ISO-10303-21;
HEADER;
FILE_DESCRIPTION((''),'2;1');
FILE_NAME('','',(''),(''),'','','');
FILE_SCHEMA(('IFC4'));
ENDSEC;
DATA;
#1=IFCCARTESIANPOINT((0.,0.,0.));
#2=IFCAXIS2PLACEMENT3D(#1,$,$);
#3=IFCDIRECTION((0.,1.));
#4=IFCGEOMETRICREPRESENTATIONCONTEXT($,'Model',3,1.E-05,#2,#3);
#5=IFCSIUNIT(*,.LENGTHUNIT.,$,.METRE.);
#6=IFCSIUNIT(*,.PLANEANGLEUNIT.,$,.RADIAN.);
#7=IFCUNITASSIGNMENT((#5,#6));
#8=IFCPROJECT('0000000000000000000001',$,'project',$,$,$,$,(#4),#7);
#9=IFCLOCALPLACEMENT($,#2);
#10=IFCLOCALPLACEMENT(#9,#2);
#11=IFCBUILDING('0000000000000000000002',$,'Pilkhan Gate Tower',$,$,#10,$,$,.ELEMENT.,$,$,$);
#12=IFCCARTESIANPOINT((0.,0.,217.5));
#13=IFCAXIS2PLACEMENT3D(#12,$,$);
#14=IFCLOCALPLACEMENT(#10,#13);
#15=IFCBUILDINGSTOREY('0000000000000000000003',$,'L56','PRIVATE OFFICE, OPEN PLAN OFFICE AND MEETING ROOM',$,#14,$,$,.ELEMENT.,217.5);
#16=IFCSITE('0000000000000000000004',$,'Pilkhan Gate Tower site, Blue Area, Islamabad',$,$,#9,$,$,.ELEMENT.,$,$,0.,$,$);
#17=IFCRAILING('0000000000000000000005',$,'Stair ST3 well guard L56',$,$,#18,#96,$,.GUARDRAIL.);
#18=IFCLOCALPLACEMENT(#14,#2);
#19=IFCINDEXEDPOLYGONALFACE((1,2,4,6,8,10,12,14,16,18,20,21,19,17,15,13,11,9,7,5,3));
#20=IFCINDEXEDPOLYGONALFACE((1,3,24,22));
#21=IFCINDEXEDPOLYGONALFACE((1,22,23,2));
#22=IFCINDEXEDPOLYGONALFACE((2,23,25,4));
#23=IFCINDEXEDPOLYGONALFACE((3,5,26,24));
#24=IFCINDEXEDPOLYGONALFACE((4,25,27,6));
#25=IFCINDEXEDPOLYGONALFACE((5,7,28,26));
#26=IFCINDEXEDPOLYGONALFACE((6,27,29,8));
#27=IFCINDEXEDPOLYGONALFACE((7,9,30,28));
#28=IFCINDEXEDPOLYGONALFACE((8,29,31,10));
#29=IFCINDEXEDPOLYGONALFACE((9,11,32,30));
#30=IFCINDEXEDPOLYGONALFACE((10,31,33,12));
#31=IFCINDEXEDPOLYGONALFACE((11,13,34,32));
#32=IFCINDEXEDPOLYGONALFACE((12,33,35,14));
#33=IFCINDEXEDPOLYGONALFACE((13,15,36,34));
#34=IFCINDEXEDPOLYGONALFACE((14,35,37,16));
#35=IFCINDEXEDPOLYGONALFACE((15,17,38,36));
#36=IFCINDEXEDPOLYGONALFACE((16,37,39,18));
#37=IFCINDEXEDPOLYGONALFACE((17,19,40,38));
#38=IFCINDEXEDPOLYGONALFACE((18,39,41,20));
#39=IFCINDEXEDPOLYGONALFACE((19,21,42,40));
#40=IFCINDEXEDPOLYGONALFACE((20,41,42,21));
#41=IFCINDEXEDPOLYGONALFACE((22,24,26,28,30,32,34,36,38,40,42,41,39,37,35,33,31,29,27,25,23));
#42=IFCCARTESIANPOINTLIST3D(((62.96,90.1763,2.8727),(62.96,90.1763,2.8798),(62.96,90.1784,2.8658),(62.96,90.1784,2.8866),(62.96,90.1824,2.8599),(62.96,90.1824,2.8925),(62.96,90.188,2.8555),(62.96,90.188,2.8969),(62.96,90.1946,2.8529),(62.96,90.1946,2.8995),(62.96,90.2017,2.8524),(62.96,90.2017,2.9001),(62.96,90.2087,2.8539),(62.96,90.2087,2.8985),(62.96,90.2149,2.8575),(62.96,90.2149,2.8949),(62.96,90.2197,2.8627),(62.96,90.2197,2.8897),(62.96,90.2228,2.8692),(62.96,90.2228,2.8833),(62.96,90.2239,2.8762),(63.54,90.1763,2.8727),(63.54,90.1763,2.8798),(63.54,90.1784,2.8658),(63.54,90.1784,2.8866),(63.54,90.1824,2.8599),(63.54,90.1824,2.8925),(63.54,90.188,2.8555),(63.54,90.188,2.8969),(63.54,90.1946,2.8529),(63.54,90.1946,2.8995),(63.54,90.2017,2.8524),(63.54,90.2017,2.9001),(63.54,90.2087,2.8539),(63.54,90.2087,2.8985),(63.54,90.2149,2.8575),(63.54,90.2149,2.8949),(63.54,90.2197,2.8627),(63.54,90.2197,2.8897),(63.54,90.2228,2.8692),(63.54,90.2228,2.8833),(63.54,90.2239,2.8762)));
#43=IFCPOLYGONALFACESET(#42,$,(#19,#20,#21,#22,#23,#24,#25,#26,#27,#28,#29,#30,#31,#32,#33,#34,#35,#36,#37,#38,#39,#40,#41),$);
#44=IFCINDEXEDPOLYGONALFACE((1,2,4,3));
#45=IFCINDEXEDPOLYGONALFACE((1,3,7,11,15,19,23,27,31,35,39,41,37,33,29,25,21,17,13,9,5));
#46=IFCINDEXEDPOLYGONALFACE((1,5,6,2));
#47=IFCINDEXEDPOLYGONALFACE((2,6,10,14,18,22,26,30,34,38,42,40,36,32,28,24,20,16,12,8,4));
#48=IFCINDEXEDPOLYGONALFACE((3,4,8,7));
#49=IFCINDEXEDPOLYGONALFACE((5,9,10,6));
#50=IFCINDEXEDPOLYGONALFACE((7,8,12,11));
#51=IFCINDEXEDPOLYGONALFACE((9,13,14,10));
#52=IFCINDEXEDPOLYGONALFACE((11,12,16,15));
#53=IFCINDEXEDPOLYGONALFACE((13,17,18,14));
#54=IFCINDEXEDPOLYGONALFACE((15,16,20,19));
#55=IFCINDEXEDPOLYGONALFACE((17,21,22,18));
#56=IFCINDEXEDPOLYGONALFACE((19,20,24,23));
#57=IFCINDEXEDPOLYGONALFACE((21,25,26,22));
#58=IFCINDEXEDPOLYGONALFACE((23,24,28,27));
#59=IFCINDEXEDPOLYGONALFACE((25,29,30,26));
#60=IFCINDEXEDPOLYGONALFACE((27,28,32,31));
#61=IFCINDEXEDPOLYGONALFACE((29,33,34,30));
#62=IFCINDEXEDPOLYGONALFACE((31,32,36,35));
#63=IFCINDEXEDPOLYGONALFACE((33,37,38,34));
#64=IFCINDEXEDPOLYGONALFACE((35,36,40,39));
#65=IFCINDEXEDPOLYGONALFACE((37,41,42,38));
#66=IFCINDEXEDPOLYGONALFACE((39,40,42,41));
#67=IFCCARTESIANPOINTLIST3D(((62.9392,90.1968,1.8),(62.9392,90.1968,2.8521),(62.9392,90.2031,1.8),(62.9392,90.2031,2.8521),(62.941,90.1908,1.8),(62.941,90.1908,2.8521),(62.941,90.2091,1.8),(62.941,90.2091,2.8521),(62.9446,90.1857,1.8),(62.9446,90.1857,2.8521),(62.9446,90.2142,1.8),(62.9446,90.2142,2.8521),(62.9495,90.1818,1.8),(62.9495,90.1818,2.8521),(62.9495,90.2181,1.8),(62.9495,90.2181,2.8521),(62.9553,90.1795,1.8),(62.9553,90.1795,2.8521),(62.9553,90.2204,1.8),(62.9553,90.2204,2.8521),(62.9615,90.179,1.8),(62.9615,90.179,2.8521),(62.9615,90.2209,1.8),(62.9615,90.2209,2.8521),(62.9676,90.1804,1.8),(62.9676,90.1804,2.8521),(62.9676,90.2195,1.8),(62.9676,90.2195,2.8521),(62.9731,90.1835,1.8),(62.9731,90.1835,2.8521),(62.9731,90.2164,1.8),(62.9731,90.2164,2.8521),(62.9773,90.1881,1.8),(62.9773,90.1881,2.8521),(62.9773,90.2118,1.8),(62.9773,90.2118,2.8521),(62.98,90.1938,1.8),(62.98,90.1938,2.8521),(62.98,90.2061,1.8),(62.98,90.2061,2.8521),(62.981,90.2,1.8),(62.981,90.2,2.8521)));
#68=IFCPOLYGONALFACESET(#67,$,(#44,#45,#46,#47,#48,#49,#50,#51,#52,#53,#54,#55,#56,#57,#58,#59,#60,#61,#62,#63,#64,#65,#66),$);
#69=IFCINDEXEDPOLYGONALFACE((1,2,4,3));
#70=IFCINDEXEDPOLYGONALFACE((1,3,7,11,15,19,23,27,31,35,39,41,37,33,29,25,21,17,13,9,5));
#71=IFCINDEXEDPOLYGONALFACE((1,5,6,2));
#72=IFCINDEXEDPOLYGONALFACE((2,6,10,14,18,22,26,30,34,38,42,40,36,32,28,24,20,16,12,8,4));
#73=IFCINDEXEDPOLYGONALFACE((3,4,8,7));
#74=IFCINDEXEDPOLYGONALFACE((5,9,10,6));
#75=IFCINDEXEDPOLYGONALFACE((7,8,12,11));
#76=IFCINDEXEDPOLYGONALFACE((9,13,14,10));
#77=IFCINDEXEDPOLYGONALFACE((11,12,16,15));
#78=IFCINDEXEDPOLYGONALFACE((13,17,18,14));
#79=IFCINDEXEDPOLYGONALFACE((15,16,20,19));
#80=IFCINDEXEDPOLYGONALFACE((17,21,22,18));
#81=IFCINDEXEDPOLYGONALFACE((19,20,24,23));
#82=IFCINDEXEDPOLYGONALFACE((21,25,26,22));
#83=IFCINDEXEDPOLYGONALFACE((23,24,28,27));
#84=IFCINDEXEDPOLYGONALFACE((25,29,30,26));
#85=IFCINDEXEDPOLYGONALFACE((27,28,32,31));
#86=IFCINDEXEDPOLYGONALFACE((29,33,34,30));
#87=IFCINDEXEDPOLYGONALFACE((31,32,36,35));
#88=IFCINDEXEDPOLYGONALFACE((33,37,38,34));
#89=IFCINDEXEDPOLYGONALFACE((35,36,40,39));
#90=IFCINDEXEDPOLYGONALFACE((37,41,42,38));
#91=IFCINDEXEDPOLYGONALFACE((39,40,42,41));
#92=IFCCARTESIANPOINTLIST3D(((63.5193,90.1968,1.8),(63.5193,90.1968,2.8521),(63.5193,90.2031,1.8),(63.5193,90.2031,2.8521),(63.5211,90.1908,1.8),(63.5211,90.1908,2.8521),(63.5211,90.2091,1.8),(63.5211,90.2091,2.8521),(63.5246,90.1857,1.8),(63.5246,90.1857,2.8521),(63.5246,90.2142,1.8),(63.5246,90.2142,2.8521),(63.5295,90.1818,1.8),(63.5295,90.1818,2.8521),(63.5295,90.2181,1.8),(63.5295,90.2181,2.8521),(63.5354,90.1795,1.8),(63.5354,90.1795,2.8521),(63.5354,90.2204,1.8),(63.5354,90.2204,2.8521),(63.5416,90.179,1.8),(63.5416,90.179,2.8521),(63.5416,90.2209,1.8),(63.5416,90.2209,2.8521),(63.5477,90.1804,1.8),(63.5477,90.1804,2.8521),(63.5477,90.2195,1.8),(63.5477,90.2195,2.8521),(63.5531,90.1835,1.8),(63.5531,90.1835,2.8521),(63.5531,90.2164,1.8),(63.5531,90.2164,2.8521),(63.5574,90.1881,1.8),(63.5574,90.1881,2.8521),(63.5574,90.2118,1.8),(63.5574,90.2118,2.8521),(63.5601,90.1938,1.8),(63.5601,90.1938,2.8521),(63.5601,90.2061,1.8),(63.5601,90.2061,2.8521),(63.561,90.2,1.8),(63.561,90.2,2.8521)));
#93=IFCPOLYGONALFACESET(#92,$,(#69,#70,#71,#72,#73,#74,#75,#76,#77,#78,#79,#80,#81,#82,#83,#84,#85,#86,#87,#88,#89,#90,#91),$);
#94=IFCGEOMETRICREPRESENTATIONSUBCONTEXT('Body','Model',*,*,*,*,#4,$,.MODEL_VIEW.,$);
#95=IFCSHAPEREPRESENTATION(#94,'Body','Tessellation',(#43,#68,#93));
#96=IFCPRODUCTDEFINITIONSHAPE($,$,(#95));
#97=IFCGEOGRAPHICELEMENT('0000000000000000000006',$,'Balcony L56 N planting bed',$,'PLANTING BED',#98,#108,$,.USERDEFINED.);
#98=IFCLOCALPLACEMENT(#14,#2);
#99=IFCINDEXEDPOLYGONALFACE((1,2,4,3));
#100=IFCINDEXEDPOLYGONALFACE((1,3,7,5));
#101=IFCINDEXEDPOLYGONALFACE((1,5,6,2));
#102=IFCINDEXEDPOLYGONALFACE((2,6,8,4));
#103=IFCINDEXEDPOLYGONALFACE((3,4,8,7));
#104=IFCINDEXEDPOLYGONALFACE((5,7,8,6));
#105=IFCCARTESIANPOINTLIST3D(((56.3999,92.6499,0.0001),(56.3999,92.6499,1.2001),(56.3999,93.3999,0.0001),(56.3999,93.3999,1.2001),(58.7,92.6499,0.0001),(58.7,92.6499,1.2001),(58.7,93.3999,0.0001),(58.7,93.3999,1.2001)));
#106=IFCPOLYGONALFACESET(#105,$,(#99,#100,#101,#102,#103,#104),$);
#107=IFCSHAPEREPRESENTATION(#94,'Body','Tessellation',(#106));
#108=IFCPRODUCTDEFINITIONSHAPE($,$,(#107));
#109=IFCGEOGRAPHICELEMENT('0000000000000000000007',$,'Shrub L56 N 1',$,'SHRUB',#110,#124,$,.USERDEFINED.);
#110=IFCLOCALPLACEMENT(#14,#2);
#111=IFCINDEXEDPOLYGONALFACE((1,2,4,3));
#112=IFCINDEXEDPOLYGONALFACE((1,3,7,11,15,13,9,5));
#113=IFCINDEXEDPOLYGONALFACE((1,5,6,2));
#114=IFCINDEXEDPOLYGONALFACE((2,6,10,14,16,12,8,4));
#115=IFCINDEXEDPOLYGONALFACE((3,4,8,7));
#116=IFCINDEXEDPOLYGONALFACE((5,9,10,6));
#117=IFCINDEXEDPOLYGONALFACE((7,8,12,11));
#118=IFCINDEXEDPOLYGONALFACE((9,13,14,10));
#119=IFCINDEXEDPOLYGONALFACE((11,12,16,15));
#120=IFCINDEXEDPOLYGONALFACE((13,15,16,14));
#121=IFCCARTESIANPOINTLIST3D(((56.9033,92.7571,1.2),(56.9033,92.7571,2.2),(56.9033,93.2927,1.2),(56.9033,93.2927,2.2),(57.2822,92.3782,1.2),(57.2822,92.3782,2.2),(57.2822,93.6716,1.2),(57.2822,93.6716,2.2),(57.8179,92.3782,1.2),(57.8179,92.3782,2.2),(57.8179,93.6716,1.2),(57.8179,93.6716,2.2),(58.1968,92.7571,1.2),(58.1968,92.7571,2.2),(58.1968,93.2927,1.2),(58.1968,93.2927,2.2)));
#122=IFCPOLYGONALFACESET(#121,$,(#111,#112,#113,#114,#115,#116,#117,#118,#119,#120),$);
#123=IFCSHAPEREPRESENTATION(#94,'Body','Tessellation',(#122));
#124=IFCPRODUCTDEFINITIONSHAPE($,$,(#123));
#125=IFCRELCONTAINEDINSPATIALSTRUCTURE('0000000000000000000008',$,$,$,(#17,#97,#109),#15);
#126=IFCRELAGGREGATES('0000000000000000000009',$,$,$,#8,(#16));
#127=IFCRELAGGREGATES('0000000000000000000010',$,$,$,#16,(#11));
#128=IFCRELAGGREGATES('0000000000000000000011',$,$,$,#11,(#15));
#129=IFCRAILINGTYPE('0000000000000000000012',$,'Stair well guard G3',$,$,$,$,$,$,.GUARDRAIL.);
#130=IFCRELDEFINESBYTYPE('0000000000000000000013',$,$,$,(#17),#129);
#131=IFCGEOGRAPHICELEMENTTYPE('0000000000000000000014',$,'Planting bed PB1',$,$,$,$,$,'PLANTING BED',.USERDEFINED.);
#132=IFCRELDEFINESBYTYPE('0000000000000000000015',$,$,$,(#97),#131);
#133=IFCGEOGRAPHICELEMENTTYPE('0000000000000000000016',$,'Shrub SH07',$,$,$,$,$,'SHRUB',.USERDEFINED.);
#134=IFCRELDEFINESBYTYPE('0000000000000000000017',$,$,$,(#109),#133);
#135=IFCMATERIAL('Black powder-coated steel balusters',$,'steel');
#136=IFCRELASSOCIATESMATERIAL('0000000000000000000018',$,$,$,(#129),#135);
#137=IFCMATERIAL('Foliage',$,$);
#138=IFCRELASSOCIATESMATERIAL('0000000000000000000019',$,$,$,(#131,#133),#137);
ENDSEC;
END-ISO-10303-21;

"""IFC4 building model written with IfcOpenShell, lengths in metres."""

from ifc_helpers import new_model, si_unit, direction, frame, origin, origin_2d, place, context, subcontext, project, spatial, polyline, rectangle, circle, outline, extrude, material, material_profile, profile_set, type_object, element, save


model = new_model("IFC4")

# Units and contexts
model_context = context("Model", 3, precision=1e-05, world=origin(), true_north=direction((0.0, 1.0)))
body_context = subcontext(model_context, "Body", "Model", "MODEL_VIEW")
ifc_project = project(units=[si_unit("LENGTHUNIT", "METRE"), si_unit("PLANEANGLEUNIT", "RADIAN")], contexts=[model_context])

# Site, building, storey
site_placement = place(None, origin())
site = spatial("IfcSite", under=ifc_project, at=site_placement, Name="Pilkhan Gate Tower site, Blue Area, Islamabad", CompositionType="ELEMENT", RefElevation=0.0)
building_placement = place(site_placement, origin())
building = spatial("IfcBuilding", under=site, at=building_placement, Name="Pilkhan Gate Tower", CompositionType="ELEMENT")
storey_placement = place(building_placement, frame((0.0, 0.0, 217.5)))
storey = spatial("IfcBuildingStorey", under=building, at=storey_placement, Name="L56", Description="PRIVATE OFFICE, OPEN PLAN OFFICE AND MEETING ROOM", CompositionType="ELEMENT", Elevation=217.5)

# Railing
ifc_material_1 = material(Name="Black powder-coated steel balusters", Category="steel")
railing_type_1 = type_object("IfcRailingType", Name="Stair well guard G3", PredefinedType="GUARDRAIL", material=ifc_material_1)
for number, where, name in (
    (1, (62.96, 90.2, 1.8), "Stair ST3 well guard L56"),
):
    element("IfcRailing", number, at=place(storey_placement, frame(where)), inside=storey, type_object=railing_type_1, Name=name, PredefinedType="GUARDRAIL", context=body_context, shape_type="SweptSolid", body=[
        extrude(circle(Radius=0.0239, at=origin_2d()), frame((0.0, 0.0, 1.0762), z_axis=(1.0, 0.0, 0.0), x_axis=(0.0, 1.0, 0.0)), (0.0, 0.0, 1.0), 0.5801),
        extrude(circle(Radius=0.021, at=origin_2d()), origin(), (0.0, 0.0, 1.0), 1.052),
        extrude(circle(Radius=0.021, at=origin_2d()), frame((0.5801, 0.0, 0.0)), (0.0, 0.0, 1.0), 1.052),
    ])

# Geographic elements
ifc_material_2 = material(Name="Foliage")
ifc_material_profile_1 = material_profile(ifc_material_2, rectangle(XDim=0.75, YDim=1.2, at=origin_2d()), Name="Bed 750x1200")
ifc_profile_set_1 = profile_set([ifc_material_profile_1], Name="Foliage")
geographic_element_type_1 = type_object("IfcGeographicElementType", Name="Planting bed PB1", ElementType="PLANTING BED", PredefinedType="USERDEFINED", material=ifc_profile_set_1)
geographic_element_1_placement = place(storey_placement, frame((56.3999, 93.0249, 0.6001), z_axis=(1.0, 0.0, 0.0), x_axis=(0.0, 1.0, 0.0)))
element("IfcGeographicElement", 2, at=geographic_element_1_placement, inside=storey, type_object=geographic_element_type_1, Name="Balcony L56 N planting bed", ObjectType="PLANTING BED", PredefinedType="USERDEFINED", context=body_context, shape_type="SweptSolid", body=[
    extrude(rectangle(XDim=0.75, YDim=1.2, at=origin_2d()), origin(), (0.0, 0.0, 1.0), 2.3),
])
ifc_material_profile_2 = material_profile(ifc_material_2, outline(polyline([(0.6467, 0.2678), (0.2678, 0.6467), (-0.2678, 0.6467), (-0.6467, 0.2678), (-0.6467, -0.2678), (-0.2678, -0.6467), (0.2678, -0.6467), (0.6467, -0.2678), (0.6467, 0.2678)])), Name="Shrub D1.4")
ifc_profile_set_2 = profile_set([ifc_material_profile_2], Name="Foliage")
geographic_element_type_2 = type_object("IfcGeographicElementType", Name="Shrub SH07", ElementType="SHRUB", PredefinedType="USERDEFINED", material=ifc_profile_set_2)
geographic_element_2_placement = place(storey_placement, frame((57.55, 93.0249, 1.2), z_axis=(0.0, 0.0, 1.0), x_axis=(1.0, 0.0, 0.0)))
element("IfcGeographicElement", 3, at=geographic_element_2_placement, inside=storey, type_object=geographic_element_type_2, Name="Shrub L56 N 1", ObjectType="SHRUB", PredefinedType="USERDEFINED", context=body_context, shape_type="SweptSolid", body=[
    extrude(outline(polyline([(0.6467, 0.2678), (0.2678, 0.6467), (-0.2678, 0.6467), (-0.6467, 0.2678), (-0.6467, -0.2678), (-0.2678, -0.6467), (0.2678, -0.6467), (0.6467, -0.2678), (0.6467, 0.2678)])), origin(), (0.0, 0.0, 1.0), 1.0),
])

save(model, "model.ifc")
